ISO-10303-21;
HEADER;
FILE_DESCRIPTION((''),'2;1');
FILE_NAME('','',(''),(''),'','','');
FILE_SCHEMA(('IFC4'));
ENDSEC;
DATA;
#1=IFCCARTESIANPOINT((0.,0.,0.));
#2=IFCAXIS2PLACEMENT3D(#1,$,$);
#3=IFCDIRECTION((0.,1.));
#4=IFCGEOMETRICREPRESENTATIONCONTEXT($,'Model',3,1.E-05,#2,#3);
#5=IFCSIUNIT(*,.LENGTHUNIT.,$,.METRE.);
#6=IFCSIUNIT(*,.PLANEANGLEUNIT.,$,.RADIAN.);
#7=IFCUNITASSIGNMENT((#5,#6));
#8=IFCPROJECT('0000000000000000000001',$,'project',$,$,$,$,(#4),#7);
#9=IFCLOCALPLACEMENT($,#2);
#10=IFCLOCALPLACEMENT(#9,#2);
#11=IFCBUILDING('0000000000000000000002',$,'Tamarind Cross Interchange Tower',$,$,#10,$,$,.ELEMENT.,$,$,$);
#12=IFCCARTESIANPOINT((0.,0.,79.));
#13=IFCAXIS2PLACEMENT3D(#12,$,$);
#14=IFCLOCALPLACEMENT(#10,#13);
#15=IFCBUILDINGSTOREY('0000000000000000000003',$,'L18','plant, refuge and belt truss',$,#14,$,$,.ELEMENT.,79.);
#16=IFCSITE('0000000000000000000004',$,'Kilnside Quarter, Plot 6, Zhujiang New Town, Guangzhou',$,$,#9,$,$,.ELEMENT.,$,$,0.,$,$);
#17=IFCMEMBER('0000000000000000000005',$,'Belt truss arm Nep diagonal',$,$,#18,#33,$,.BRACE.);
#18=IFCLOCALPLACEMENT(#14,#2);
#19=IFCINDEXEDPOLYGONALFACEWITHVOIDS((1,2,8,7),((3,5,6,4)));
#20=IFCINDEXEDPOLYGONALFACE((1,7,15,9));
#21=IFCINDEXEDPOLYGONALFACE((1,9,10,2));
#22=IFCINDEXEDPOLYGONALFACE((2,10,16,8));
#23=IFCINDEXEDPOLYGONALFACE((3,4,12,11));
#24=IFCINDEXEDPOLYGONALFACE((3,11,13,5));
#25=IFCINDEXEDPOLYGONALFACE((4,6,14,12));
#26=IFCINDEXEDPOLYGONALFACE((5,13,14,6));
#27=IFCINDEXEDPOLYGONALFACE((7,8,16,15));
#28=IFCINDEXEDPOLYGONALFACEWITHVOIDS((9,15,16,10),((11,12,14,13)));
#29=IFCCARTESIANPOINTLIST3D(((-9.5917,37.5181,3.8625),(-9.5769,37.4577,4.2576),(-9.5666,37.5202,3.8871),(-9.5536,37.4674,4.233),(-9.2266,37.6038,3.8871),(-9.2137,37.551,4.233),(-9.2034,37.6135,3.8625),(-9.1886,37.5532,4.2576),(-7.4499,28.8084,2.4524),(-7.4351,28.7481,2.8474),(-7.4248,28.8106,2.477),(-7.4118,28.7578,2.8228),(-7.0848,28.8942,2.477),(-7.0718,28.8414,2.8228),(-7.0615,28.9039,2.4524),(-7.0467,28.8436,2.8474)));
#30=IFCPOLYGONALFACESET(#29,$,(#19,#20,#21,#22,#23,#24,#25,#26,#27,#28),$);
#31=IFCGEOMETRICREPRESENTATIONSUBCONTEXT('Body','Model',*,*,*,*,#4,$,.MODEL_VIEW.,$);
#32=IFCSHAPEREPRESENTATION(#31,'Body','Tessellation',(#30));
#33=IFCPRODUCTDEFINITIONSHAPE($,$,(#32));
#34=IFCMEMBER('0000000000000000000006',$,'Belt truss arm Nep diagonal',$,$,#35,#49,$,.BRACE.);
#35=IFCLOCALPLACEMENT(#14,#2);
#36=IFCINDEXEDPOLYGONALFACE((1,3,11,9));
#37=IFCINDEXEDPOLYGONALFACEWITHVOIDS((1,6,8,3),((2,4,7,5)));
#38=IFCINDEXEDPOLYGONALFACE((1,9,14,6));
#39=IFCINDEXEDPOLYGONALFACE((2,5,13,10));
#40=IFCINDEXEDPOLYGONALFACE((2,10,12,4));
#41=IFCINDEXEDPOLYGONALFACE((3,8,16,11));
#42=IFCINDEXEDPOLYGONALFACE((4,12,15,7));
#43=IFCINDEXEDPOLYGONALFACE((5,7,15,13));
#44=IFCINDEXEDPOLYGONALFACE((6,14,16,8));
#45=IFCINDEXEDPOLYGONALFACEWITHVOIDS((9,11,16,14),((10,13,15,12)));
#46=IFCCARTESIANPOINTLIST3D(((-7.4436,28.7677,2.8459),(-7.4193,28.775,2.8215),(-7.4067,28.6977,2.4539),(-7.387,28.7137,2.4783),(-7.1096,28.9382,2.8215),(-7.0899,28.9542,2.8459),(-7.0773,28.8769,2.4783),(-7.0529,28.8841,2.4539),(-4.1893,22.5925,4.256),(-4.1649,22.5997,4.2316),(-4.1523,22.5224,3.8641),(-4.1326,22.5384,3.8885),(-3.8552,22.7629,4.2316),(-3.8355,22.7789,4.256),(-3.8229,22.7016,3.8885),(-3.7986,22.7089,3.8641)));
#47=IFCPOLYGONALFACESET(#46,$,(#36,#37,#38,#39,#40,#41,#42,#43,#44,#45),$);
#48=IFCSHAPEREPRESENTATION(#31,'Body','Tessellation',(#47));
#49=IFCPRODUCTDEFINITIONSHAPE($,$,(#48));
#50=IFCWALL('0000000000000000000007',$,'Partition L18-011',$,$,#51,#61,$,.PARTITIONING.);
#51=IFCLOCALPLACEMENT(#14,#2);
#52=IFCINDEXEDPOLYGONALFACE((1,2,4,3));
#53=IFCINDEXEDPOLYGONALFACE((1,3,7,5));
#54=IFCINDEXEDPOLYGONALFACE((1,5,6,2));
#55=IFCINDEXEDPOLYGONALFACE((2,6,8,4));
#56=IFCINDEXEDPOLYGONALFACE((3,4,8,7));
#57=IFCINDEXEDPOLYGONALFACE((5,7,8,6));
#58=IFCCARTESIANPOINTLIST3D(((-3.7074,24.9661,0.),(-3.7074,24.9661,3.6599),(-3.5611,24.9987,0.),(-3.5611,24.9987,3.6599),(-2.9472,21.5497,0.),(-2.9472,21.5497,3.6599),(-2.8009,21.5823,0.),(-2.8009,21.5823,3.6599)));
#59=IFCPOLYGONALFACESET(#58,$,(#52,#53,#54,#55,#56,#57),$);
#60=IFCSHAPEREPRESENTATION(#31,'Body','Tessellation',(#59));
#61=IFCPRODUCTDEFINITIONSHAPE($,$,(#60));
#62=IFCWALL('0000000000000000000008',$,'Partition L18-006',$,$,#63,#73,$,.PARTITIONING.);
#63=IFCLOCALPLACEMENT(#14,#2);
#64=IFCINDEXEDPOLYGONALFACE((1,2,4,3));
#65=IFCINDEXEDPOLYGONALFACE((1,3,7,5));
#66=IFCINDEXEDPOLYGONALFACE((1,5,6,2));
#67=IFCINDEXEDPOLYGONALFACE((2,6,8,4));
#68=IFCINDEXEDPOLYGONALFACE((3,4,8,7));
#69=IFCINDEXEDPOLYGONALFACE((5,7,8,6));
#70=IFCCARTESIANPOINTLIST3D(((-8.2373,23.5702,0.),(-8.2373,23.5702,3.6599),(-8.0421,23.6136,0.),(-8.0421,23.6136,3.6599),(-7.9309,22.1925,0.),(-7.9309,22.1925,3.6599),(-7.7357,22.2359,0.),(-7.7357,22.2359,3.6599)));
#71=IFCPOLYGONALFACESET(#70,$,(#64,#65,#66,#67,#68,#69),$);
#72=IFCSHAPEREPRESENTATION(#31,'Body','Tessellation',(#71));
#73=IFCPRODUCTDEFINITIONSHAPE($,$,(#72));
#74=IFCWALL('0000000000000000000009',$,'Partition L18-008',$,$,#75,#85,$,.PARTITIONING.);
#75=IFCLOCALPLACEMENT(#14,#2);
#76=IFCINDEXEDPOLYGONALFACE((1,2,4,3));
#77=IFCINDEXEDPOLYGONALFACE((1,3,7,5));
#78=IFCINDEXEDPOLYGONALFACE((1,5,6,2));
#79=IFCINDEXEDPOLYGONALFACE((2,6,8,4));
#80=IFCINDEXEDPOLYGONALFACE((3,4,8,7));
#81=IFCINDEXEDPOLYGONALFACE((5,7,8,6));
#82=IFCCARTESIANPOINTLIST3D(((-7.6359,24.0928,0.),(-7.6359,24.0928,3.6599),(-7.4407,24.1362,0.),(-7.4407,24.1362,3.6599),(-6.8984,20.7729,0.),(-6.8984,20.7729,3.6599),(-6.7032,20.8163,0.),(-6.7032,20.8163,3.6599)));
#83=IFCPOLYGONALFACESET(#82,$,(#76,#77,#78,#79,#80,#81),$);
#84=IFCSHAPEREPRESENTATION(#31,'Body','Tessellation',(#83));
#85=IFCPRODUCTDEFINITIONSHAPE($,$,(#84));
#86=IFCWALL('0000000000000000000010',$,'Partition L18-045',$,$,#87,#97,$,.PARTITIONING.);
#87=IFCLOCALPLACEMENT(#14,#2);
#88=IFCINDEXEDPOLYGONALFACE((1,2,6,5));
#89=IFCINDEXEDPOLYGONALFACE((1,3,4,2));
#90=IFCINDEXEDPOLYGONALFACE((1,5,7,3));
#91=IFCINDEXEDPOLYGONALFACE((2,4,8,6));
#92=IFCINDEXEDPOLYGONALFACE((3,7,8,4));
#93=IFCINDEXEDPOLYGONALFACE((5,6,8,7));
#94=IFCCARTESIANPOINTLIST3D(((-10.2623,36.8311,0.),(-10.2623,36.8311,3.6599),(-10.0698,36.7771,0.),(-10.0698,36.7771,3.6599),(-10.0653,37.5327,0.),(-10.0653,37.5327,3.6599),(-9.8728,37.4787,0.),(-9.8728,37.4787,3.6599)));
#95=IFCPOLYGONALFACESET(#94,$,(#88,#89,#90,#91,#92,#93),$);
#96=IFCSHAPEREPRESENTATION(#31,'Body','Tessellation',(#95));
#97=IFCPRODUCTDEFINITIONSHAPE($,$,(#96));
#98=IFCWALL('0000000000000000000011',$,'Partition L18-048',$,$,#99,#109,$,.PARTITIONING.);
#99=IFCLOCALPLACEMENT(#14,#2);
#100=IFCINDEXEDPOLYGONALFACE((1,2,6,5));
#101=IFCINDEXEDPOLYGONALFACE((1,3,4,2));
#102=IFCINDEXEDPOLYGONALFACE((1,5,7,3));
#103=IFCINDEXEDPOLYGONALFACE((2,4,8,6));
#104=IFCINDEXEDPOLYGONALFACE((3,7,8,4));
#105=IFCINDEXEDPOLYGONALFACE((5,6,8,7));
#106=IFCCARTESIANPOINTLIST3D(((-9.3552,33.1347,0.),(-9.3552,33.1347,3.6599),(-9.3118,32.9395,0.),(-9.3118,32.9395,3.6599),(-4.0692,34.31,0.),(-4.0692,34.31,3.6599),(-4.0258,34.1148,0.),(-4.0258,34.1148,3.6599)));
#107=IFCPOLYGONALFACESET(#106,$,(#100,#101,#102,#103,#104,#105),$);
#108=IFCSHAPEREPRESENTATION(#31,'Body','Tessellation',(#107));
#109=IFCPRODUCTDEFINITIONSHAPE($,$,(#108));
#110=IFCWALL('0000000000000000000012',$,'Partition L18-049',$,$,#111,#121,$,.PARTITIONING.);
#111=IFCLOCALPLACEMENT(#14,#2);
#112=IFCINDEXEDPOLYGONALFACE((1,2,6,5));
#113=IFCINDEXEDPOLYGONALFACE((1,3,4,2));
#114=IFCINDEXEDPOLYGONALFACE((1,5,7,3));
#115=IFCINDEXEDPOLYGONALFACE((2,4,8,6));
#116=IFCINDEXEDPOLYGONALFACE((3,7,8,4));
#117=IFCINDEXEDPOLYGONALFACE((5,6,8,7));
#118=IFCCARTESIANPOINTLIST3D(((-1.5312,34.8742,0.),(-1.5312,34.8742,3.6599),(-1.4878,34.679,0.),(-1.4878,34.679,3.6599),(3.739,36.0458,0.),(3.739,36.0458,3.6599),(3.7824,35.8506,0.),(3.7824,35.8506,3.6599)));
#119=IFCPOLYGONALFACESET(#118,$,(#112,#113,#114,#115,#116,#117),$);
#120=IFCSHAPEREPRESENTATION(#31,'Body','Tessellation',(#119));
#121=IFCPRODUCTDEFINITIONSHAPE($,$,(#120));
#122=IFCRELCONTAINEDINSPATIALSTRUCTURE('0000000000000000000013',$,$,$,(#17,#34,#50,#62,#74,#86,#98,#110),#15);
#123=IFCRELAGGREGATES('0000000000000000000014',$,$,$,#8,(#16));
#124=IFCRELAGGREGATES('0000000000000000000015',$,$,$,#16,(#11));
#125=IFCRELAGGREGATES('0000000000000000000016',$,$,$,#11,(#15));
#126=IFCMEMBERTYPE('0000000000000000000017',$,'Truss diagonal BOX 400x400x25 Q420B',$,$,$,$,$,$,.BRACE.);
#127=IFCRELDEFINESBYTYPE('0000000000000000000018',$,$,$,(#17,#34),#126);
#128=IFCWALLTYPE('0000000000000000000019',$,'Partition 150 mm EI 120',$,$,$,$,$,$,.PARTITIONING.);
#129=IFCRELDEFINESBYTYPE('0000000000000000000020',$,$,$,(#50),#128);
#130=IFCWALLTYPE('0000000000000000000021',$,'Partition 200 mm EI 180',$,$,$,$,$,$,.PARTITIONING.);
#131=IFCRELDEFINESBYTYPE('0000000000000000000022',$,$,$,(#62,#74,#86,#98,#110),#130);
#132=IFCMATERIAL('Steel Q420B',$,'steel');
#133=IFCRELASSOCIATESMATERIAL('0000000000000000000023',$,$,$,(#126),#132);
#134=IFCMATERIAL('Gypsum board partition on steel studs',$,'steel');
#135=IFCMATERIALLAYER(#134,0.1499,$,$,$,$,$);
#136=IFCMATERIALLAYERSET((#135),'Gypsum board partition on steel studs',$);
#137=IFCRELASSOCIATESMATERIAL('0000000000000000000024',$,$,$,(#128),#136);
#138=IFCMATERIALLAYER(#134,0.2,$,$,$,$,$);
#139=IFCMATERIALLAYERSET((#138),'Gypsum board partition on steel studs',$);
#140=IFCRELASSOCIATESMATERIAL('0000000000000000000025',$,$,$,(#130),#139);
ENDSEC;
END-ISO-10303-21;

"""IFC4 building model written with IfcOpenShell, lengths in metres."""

from ifc_helpers import new_model, si_unit, direction, frame, frame_2d, origin, origin_2d, place, context, subcontext, project, spatial, rectangle, hollow_rectangle, extrude, material, layer, layer_set, material_profile, profile_set, type_object, element, save


model = new_model("IFC4")

# Units and contexts
model_context = context("Model", 3, precision=1e-05, world=origin(), true_north=direction((0.0, 1.0)))
body_context = subcontext(model_context, "Body", "Model", "MODEL_VIEW")
ifc_project = project(units=[si_unit("LENGTHUNIT", "METRE"), si_unit("PLANEANGLEUNIT", "RADIAN")], contexts=[model_context])

# Site, building, storey
site_placement = place(None, origin())
site = spatial("IfcSite", under=ifc_project, at=site_placement, Name="Kilnside Quarter, Plot 6, Zhujiang New Town, Guangzhou", CompositionType="ELEMENT", RefElevation=0.0)
building_placement = place(site_placement, origin())
building = spatial("IfcBuilding", under=site, at=building_placement, Name="Tamarind Cross Interchange Tower", CompositionType="ELEMENT")
storey_placement = place(building_placement, frame((0.0, 0.0, 79.0)))
storey = spatial("IfcBuildingStorey", under=building, at=storey_placement, Name="L18", Description="plant, refuge and belt truss", CompositionType="ELEMENT", Elevation=79.0)

# Members
ifc_material_1 = material(Name="Steel Q420B", Category="steel")
ifc_material_profile_1 = material_profile(ifc_material_1, hollow_rectangle(XDim=0.3999, YDim=0.3999, WallThickness=0.0249, at=origin_2d()), Name="BOX 400x400x25")
ifc_profile_set_1 = profile_set([ifc_material_profile_1], Name="Steel Q420B")
member_type_1 = type_object("IfcMemberType", Name="Truss diagonal BOX 400x400x25 Q420B", PredefinedType="BRACE", material=ifc_profile_set_1)
member_1_placement = place(storey_placement, frame((-9.3901, 37.5356, 4.0601), z_axis=(0.235902, -0.959285, -0.155314), x_axis=(0.971069, 0.2388, 0.0)))
element("IfcMember", 1, at=member_1_placement, inside=storey, type_object=member_type_1, Name="Belt truss arm Nep diagonal", PredefinedType="BRACE", context=body_context, shape_type="SweptSolid", body=[
    extrude(hollow_rectangle(XDim=0.3999, YDim=0.3999, WallThickness=0.0249, at=origin_2d()), origin(), (0.0, 0.0, 1.0), 9.0793),
])
member_2_placement = place(storey_placement, frame((-7.2483, 28.8259, 2.6499), z_axis=(0.45699, -0.86715, 0.198018), x_axis=(0.884668, 0.466222, 0.0)))
element("IfcMember", 2, at=member_2_placement, inside=storey, type_object=member_type_1, Name="Belt truss arm Nep diagonal", PredefinedType="BRACE", context=body_context, shape_type="SweptSolid", body=[
    extrude(hollow_rectangle(XDim=0.3999, YDim=0.3999, WallThickness=0.0249, at=origin_2d()), origin(), (0.0, 0.0, 1.0), 7.1213),
])

# Walls
ifc_material_2 = material(Name="Gypsum board partition on steel studs", Category="steel")
ifc_layer_1 = layer(ifc_material_2, 0.1499)
ifc_layer_set_1 = layer_set([ifc_layer_1], Name="Gypsum board partition on steel studs")
wall_type_1 = type_object("IfcWallType", Name="Partition 150 mm EI 120", PredefinedType="PARTITIONING", material=ifc_layer_set_1)
wall_1_placement = place(storey_placement, frame((-3.6343, 24.9824, 0.0), z_axis=(0.0, 0.0, 1.0), x_axis=(0.217211, -0.976125, 0.0)))
element("IfcWall", 3, at=wall_1_placement, inside=storey, type_object=wall_type_1, Name="Partition L18-011", PredefinedType="PARTITIONING", context=body_context, shape_type="SweptSolid", body=[
    extrude(rectangle(XDim=3.5, YDim=0.1499, at=frame_2d((1.75, 0.0))), origin(), (0.0, 0.0, 1.0), 3.6599),
])
ifc_layer_2 = layer(ifc_material_2, 0.2)
ifc_layer_set_2 = layer_set([ifc_layer_2], Name="Gypsum board partition on steel studs")
wall_type_2 = type_object("IfcWallType", Name="Partition 200 mm EI 180", PredefinedType="PARTITIONING", material=ifc_layer_set_2)
wall_2_placement = place(storey_placement, frame((-8.1396, 23.5918, 0.0), z_axis=(0.0, 0.0, 1.0), x_axis=(0.217095, -0.97615, 0.0)))
element("IfcWall", 4, at=wall_2_placement, inside=storey, type_object=wall_type_2, Name="Partition L18-006", PredefinedType="PARTITIONING", context=body_context, shape_type="SweptSolid", body=[
    extrude(rectangle(XDim=1.4114, YDim=0.2, at=frame_2d((0.7056, 0.0))), origin(), (0.0, 0.0, 1.0), 3.6599),
])
wall_3_placement = place(storey_placement, frame((-7.5383, 24.1145, 0.0), z_axis=(0.0, 0.0, 1.0), x_axis=(0.216877, -0.976199, 0.0)))
element("IfcWall", 5, at=wall_3_placement, inside=storey, type_object=wall_type_2, Name="Partition L18-008", PredefinedType="PARTITIONING", context=body_context, shape_type="SweptSolid", body=[
    extrude(rectangle(XDim=3.4009, YDim=0.2, at=frame_2d((1.7004, 0.0))), origin(), (0.0, 0.0, 1.0), 3.6599),
])
wall_4_placement = place(storey_placement, frame((-10.166, 36.8042, 0.0), z_axis=(0.0, 0.0, 1.0), x_axis=(0.270338, 0.962765, 0.0)))
element("IfcWall", 6, at=wall_4_placement, inside=storey, type_object=wall_type_2, Name="Partition L18-045", PredefinedType="PARTITIONING", context=body_context, shape_type="SweptSolid", body=[
    extrude(rectangle(XDim=0.7288, YDim=0.2, at=frame_2d((0.3643, 0.0))), origin(), (0.0, 0.0, 1.0), 3.6599),
])
wall_5_placement = place(storey_placement, frame((-9.3335, 33.0371, 0.0), z_axis=(0.0, 0.0, 1.0), x_axis=(0.976162, 0.217045, 0.0)))
element("IfcWall", 7, at=wall_5_placement, inside=storey, type_object=wall_type_2, Name="Partition L18-048", PredefinedType="PARTITIONING", context=body_context, shape_type="SweptSolid", body=[
    extrude(rectangle(XDim=5.415, YDim=0.2, at=frame_2d((2.7075, 0.0))), origin(), (0.0, 0.0, 1.0), 3.6599),
])
wall_6_placement = place(storey_placement, frame((-1.5095, 34.7766, 0.0), z_axis=(0.0, 0.0, 1.0), x_axis=(0.976169, 0.217012, 0.0)))
element("IfcWall", 8, at=wall_6_placement, inside=storey, type_object=wall_type_2, Name="Partition L18-049", PredefinedType="PARTITIONING", context=body_context, shape_type="SweptSolid", body=[
    extrude(rectangle(XDim=5.3989, YDim=0.2, at=frame_2d((2.6995, 0.0))), origin(), (0.0, 0.0, 1.0), 3.6599),
])

save(model, "model.ifc")
